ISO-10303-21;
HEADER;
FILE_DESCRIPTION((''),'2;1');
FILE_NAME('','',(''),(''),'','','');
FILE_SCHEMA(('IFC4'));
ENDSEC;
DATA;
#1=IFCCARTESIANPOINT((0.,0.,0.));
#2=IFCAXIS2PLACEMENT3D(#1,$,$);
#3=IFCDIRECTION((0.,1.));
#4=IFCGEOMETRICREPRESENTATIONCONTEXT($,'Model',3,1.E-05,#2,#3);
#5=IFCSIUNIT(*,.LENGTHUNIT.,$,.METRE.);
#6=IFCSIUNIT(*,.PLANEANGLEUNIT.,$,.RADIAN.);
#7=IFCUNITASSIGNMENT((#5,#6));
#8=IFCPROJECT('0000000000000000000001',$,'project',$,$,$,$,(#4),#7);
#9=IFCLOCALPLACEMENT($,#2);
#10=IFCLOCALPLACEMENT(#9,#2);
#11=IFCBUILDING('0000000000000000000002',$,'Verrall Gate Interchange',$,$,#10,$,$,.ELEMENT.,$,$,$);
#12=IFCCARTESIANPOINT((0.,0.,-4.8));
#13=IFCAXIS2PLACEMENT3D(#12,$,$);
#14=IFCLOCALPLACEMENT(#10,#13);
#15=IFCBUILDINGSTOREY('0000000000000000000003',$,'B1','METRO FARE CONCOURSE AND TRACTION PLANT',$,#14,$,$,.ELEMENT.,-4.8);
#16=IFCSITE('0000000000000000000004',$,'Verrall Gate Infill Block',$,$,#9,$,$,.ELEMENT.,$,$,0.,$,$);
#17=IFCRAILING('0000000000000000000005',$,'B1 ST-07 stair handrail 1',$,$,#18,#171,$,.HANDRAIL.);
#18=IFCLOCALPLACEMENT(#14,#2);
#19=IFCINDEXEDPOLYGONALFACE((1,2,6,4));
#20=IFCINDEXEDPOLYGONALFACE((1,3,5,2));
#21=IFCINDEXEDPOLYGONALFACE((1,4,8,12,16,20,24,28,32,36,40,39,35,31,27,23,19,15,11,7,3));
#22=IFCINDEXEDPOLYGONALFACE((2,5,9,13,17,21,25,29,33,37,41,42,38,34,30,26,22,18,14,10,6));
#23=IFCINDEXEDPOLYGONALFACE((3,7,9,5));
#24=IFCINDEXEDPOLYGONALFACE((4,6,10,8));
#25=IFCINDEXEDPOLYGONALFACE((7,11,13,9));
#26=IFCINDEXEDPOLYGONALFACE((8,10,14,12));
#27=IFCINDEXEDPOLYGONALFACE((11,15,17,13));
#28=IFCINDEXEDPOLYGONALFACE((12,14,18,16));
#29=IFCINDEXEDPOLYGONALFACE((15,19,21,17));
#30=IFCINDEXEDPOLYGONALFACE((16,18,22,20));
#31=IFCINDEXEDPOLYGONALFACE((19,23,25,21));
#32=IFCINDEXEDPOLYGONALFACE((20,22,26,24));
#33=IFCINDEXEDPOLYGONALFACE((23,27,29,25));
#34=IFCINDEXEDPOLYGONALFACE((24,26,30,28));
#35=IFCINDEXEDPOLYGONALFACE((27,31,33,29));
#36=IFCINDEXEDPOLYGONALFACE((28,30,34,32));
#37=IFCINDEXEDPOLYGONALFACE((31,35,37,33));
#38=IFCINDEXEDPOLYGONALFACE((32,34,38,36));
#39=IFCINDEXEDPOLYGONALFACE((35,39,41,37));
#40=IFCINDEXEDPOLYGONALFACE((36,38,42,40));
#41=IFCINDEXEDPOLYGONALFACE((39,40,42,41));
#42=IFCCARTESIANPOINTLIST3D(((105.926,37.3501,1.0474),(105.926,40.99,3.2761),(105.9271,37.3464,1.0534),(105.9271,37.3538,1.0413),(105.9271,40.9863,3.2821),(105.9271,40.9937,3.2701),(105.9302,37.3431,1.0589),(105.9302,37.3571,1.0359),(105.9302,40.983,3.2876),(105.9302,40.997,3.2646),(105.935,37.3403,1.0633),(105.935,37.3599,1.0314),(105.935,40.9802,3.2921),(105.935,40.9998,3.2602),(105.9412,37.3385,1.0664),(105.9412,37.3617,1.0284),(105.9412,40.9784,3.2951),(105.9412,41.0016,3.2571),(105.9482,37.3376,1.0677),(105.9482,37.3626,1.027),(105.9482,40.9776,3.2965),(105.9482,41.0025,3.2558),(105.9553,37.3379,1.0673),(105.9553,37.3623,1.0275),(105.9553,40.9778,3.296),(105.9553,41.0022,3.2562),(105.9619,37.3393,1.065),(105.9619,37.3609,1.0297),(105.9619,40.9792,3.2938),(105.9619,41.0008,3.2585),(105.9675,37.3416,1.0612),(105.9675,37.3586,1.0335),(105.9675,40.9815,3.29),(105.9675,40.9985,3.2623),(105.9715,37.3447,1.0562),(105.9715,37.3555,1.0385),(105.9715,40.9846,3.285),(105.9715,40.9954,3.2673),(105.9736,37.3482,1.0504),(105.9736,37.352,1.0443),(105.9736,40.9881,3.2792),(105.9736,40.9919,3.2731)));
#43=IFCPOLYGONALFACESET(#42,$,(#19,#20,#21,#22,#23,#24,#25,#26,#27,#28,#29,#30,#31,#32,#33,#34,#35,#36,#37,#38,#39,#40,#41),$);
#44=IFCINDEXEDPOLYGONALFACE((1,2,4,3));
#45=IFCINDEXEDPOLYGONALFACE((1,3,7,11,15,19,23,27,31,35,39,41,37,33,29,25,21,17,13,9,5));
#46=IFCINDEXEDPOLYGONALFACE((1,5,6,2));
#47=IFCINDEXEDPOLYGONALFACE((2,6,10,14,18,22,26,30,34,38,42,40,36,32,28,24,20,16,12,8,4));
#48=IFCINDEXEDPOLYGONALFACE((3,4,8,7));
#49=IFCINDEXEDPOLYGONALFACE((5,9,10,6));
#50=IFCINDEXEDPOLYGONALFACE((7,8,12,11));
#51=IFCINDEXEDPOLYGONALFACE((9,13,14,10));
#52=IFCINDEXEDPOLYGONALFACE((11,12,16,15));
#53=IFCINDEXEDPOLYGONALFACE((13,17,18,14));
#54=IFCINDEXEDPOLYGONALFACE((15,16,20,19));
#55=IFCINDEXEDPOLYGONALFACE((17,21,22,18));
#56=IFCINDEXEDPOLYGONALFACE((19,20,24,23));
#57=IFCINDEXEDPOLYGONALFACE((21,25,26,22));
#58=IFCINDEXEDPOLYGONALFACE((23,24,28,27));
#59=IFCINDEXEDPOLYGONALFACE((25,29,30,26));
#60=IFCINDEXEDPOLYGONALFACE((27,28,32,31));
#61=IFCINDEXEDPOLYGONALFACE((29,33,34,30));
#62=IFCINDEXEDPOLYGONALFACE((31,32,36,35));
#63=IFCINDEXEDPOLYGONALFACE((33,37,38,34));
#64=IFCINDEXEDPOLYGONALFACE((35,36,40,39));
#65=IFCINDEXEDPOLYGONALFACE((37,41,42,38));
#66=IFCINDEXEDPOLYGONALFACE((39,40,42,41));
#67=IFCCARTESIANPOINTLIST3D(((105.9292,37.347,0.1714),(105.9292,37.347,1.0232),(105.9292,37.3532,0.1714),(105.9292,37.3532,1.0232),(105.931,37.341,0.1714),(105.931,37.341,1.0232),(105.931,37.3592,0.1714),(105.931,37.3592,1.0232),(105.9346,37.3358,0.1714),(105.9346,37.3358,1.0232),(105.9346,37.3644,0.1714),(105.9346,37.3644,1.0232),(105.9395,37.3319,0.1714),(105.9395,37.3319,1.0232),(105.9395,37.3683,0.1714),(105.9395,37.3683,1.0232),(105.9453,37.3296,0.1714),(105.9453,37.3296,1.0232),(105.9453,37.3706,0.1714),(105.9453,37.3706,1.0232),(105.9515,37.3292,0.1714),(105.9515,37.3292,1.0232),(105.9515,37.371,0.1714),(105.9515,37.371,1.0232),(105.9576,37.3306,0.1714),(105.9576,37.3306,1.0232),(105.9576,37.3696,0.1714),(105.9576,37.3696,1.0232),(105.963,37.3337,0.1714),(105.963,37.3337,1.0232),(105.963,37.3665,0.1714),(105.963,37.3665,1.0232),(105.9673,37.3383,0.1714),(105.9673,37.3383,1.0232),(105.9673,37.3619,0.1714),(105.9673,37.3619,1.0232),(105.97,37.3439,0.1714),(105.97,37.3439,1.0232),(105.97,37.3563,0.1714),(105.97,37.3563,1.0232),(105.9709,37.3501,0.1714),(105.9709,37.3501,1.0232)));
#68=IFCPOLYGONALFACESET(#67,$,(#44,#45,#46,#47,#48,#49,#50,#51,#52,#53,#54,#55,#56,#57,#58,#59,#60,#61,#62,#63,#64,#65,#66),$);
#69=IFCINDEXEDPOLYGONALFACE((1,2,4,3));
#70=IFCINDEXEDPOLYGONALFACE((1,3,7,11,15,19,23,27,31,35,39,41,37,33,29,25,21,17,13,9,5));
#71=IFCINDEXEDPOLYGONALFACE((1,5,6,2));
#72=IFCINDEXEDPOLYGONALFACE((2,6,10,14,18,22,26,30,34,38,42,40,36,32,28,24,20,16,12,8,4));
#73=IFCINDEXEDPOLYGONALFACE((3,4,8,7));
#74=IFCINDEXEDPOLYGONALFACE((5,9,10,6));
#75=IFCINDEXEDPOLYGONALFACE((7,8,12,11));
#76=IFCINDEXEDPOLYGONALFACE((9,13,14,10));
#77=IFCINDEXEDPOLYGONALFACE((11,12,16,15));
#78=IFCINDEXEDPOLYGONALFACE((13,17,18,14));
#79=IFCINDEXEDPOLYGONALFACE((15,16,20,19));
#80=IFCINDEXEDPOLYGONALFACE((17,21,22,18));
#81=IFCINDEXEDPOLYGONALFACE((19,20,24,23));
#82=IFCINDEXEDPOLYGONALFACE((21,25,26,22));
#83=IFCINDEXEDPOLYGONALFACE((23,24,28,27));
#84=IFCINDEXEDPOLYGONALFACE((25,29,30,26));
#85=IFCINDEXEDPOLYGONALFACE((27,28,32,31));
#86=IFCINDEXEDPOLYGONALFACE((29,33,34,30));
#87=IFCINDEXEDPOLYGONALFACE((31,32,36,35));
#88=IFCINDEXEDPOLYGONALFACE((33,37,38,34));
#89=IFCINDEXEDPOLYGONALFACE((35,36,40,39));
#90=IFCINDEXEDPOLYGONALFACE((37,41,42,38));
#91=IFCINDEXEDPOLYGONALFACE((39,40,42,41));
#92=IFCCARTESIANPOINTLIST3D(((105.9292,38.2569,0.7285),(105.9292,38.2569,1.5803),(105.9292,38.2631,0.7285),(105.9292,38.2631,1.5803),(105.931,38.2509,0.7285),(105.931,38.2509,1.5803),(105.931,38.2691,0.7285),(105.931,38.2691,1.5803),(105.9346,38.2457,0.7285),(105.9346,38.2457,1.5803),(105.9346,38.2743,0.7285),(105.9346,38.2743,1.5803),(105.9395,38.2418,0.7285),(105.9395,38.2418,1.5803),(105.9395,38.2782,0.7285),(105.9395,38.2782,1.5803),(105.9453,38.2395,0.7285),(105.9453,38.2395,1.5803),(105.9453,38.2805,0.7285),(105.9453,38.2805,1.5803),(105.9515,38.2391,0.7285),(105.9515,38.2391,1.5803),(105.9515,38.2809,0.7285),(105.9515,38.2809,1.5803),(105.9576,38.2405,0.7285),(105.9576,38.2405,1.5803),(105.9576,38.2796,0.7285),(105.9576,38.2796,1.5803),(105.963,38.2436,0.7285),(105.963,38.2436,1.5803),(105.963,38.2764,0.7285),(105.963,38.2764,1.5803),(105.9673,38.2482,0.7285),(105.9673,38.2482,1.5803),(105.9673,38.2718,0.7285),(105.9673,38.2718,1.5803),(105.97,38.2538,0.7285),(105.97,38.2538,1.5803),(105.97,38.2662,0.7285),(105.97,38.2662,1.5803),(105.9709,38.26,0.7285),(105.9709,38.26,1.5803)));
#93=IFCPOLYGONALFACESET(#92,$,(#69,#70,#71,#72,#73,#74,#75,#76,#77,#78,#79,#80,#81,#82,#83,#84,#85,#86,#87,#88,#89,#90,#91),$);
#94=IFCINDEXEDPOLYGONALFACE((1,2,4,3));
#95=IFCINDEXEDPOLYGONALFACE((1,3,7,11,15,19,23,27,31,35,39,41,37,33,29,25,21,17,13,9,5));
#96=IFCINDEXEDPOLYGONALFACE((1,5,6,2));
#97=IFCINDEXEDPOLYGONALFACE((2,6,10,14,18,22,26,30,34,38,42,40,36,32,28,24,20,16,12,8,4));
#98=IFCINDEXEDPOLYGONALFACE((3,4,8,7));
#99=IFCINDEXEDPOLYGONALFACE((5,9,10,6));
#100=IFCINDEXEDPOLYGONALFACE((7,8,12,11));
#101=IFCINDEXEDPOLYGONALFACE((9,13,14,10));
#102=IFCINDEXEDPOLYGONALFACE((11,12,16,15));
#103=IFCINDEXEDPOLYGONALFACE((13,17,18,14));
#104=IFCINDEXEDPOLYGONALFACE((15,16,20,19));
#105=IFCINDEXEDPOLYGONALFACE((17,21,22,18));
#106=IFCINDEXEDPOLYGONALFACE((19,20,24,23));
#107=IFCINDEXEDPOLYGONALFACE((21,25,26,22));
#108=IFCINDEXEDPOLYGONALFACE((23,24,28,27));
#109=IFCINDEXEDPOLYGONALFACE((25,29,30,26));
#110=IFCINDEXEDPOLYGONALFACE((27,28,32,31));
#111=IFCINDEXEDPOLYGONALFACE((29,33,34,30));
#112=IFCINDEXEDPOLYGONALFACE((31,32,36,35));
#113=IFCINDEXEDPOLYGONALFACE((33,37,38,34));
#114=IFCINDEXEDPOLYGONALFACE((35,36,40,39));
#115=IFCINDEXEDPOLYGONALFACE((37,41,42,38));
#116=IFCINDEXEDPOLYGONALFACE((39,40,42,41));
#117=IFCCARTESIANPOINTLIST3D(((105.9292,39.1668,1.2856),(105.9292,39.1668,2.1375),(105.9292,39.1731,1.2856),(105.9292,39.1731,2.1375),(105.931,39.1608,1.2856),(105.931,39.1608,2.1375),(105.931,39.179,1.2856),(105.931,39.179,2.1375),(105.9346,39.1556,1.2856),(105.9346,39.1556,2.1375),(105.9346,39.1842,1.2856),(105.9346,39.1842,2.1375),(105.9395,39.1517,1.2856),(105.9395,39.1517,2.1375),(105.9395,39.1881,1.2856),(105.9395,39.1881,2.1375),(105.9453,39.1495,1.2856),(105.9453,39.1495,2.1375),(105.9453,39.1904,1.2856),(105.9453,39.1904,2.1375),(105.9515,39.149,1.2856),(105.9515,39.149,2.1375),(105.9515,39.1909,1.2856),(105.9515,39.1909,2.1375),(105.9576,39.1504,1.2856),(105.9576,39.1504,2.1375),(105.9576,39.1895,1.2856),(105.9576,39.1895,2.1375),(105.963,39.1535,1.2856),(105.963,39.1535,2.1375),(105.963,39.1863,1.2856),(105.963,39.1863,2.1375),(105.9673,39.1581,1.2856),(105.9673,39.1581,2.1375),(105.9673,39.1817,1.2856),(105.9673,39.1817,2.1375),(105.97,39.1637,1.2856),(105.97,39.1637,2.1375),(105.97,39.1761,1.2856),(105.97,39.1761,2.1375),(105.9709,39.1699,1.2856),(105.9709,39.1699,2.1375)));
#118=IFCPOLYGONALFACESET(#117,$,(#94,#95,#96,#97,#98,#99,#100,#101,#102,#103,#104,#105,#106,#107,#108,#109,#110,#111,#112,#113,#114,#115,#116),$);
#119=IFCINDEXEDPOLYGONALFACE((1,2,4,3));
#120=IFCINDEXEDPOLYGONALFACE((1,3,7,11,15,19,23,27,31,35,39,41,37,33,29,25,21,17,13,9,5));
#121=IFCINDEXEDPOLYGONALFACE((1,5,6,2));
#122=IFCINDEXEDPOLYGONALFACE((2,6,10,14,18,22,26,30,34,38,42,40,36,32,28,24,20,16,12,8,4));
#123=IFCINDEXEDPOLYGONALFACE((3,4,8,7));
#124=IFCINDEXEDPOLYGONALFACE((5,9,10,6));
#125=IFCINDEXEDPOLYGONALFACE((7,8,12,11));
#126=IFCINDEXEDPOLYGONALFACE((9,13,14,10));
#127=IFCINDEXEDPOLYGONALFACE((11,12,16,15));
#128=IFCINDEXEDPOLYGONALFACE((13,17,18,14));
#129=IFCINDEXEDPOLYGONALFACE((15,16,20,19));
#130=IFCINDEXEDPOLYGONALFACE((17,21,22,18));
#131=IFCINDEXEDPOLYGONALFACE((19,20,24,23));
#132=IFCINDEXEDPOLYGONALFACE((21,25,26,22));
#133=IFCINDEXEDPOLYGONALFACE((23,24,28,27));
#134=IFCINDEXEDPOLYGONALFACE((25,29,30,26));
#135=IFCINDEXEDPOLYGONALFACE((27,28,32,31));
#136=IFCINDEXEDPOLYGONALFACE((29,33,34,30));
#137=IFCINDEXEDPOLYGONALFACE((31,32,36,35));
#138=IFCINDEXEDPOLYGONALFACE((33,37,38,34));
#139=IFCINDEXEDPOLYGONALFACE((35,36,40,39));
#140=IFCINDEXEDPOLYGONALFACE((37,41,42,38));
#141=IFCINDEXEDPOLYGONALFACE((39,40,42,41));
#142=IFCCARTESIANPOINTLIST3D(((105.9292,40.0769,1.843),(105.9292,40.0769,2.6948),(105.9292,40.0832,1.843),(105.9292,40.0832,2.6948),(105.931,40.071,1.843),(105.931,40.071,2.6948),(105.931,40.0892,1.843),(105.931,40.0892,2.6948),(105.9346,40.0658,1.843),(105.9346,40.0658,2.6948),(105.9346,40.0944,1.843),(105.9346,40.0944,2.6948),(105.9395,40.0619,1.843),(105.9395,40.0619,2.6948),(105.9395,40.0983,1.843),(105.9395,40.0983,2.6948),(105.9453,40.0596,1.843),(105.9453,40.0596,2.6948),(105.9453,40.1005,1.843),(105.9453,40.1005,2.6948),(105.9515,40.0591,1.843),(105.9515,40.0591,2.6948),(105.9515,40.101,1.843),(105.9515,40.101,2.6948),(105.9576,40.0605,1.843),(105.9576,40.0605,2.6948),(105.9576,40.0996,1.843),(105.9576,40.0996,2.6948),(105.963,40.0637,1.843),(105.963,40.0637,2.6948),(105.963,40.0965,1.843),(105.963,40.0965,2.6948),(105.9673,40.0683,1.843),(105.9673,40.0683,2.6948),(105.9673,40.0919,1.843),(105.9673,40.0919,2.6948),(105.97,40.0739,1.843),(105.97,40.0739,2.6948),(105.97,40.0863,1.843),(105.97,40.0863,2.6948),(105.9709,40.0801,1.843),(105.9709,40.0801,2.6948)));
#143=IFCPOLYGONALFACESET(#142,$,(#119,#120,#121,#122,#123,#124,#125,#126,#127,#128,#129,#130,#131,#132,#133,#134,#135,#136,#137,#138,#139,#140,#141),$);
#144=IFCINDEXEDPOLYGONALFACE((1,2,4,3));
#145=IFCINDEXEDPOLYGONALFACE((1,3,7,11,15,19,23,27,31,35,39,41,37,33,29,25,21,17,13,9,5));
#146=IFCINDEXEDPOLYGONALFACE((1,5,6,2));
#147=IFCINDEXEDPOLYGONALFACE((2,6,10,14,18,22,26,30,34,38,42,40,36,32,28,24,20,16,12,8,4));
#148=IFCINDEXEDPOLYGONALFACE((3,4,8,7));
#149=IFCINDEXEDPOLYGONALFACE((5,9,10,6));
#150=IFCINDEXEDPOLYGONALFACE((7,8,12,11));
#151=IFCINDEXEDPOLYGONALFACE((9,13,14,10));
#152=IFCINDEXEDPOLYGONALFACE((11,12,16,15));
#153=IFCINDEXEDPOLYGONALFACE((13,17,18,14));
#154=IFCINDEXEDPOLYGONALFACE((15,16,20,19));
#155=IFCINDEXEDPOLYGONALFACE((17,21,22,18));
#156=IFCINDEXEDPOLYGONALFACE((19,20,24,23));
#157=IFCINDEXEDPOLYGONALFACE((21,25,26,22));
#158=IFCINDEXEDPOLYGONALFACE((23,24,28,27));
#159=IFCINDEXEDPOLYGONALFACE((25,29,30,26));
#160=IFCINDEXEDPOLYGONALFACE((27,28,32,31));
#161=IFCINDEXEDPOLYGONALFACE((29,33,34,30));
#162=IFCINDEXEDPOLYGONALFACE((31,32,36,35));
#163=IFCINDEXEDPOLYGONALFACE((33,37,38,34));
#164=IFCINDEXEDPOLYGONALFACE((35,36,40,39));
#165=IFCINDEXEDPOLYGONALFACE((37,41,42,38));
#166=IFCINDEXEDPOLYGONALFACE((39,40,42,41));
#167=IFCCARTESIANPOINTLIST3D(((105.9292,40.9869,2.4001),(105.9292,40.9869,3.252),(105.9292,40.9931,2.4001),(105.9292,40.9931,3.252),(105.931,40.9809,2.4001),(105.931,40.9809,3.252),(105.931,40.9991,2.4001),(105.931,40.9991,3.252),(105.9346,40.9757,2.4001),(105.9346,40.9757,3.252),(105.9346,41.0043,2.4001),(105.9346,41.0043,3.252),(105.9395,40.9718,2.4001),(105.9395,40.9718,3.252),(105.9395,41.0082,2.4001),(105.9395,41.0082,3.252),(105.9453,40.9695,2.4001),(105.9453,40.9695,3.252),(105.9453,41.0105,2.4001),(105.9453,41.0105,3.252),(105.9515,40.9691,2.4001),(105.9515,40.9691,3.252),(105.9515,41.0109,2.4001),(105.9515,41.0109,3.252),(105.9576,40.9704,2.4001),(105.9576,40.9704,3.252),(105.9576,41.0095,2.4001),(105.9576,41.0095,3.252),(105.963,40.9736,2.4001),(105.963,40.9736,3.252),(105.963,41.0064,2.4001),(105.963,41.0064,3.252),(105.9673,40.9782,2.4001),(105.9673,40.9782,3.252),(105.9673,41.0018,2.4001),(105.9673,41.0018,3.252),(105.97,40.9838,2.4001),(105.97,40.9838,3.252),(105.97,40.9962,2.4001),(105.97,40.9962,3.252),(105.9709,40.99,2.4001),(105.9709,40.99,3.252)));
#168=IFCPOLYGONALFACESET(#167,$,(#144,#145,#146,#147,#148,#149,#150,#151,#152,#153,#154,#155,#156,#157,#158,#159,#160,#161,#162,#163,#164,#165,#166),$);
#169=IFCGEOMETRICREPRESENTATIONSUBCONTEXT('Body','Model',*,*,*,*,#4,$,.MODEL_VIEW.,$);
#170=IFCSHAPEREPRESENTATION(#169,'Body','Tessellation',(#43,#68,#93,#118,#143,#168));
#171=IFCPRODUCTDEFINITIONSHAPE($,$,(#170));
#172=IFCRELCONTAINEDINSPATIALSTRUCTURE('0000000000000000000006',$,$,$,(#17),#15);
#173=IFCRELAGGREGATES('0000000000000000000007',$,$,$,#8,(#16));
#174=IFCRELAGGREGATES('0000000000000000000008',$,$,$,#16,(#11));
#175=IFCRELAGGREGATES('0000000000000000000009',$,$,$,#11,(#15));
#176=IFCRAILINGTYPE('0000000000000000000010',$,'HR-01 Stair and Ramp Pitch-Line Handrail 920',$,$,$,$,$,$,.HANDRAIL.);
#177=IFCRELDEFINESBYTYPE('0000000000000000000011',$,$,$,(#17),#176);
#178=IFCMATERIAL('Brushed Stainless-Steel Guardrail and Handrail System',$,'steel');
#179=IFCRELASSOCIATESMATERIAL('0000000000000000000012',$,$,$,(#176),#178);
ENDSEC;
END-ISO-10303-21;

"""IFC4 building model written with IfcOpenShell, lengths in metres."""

from ifc_helpers import new_model, si_unit, direction, frame, origin, origin_2d, place, context, subcontext, project, spatial, circle, extrude, material, type_object, element, save


model = new_model("IFC4")

# Units and contexts
model_context = context("Model", 3, precision=1e-05, world=origin(), true_north=direction((0.0, 1.0)))
body_context = subcontext(model_context, "Body", "Model", "MODEL_VIEW")
ifc_project = project(units=[si_unit("LENGTHUNIT", "METRE"), si_unit("PLANEANGLEUNIT", "RADIAN")], contexts=[model_context])

# Site, building, storey
site_placement = place(None, origin())
site = spatial("IfcSite", under=ifc_project, at=site_placement, Name="Verrall Gate Infill Block", CompositionType="ELEMENT", RefElevation=0.0)
building_placement = place(site_placement, origin())
building = spatial("IfcBuilding", under=site, at=building_placement, Name="Verrall Gate Interchange", CompositionType="ELEMENT")
storey_placement = place(building_placement, frame((0.0, 0.0, -4.8)))
storey = spatial("IfcBuildingStorey", under=building, at=storey_placement, Name="B1", Description="METRO FARE CONCOURSE AND TRACTION PLANT", CompositionType="ELEMENT", Elevation=-4.8)

# Railing
ifc_material_1 = material(Name="Brushed Stainless-Steel Guardrail and Handrail System", Category="steel")
railing_type_1 = type_object("IfcRailingType", Name="HR-01 Stair and Ramp Pitch-Line Handrail 920", PredefinedType="HANDRAIL", material=ifc_material_1)
railing_1_placement = place(storey_placement, frame((105.95, 37.3501, 0.1714)))
element("IfcRailing", 1, at=railing_1_placement, inside=storey, type_object=railing_type_1, Name="B1 ST-07 stair handrail 1", PredefinedType="HANDRAIL", context=body_context, shape_type="SweptSolid", body=[
    extrude(circle(Radius=0.0239, at=origin_2d()), frame((0.0, 0.0, 0.876), z_axis=(0.0, 0.852825, 0.522197), x_axis=(-1.0, 0.0, 0.0)), (0.0, 0.0, 1.0), 4.2681),
    extrude(circle(Radius=0.021, at=origin_2d()), origin(), (0.0, 0.0, 1.0), 0.8518),
    extrude(circle(Radius=0.021, at=origin_2d()), frame((0.0, 0.9099, 0.5571)), (0.0, 0.0, 1.0), 0.8518),
    extrude(circle(Radius=0.021, at=origin_2d()), frame((0.0, 1.8198, 1.1143)), (0.0, 0.0, 1.0), 0.8518),
    extrude(circle(Radius=0.021, at=origin_2d()), frame((0.0, 2.73, 1.6716)), (0.0, 0.0, 1.0), 0.8518),
    extrude(circle(Radius=0.021, at=origin_2d()), frame((0.0, 3.6399, 2.2288)), (0.0, 0.0, 1.0), 0.8518),
])

save(model, "model.ifc")
